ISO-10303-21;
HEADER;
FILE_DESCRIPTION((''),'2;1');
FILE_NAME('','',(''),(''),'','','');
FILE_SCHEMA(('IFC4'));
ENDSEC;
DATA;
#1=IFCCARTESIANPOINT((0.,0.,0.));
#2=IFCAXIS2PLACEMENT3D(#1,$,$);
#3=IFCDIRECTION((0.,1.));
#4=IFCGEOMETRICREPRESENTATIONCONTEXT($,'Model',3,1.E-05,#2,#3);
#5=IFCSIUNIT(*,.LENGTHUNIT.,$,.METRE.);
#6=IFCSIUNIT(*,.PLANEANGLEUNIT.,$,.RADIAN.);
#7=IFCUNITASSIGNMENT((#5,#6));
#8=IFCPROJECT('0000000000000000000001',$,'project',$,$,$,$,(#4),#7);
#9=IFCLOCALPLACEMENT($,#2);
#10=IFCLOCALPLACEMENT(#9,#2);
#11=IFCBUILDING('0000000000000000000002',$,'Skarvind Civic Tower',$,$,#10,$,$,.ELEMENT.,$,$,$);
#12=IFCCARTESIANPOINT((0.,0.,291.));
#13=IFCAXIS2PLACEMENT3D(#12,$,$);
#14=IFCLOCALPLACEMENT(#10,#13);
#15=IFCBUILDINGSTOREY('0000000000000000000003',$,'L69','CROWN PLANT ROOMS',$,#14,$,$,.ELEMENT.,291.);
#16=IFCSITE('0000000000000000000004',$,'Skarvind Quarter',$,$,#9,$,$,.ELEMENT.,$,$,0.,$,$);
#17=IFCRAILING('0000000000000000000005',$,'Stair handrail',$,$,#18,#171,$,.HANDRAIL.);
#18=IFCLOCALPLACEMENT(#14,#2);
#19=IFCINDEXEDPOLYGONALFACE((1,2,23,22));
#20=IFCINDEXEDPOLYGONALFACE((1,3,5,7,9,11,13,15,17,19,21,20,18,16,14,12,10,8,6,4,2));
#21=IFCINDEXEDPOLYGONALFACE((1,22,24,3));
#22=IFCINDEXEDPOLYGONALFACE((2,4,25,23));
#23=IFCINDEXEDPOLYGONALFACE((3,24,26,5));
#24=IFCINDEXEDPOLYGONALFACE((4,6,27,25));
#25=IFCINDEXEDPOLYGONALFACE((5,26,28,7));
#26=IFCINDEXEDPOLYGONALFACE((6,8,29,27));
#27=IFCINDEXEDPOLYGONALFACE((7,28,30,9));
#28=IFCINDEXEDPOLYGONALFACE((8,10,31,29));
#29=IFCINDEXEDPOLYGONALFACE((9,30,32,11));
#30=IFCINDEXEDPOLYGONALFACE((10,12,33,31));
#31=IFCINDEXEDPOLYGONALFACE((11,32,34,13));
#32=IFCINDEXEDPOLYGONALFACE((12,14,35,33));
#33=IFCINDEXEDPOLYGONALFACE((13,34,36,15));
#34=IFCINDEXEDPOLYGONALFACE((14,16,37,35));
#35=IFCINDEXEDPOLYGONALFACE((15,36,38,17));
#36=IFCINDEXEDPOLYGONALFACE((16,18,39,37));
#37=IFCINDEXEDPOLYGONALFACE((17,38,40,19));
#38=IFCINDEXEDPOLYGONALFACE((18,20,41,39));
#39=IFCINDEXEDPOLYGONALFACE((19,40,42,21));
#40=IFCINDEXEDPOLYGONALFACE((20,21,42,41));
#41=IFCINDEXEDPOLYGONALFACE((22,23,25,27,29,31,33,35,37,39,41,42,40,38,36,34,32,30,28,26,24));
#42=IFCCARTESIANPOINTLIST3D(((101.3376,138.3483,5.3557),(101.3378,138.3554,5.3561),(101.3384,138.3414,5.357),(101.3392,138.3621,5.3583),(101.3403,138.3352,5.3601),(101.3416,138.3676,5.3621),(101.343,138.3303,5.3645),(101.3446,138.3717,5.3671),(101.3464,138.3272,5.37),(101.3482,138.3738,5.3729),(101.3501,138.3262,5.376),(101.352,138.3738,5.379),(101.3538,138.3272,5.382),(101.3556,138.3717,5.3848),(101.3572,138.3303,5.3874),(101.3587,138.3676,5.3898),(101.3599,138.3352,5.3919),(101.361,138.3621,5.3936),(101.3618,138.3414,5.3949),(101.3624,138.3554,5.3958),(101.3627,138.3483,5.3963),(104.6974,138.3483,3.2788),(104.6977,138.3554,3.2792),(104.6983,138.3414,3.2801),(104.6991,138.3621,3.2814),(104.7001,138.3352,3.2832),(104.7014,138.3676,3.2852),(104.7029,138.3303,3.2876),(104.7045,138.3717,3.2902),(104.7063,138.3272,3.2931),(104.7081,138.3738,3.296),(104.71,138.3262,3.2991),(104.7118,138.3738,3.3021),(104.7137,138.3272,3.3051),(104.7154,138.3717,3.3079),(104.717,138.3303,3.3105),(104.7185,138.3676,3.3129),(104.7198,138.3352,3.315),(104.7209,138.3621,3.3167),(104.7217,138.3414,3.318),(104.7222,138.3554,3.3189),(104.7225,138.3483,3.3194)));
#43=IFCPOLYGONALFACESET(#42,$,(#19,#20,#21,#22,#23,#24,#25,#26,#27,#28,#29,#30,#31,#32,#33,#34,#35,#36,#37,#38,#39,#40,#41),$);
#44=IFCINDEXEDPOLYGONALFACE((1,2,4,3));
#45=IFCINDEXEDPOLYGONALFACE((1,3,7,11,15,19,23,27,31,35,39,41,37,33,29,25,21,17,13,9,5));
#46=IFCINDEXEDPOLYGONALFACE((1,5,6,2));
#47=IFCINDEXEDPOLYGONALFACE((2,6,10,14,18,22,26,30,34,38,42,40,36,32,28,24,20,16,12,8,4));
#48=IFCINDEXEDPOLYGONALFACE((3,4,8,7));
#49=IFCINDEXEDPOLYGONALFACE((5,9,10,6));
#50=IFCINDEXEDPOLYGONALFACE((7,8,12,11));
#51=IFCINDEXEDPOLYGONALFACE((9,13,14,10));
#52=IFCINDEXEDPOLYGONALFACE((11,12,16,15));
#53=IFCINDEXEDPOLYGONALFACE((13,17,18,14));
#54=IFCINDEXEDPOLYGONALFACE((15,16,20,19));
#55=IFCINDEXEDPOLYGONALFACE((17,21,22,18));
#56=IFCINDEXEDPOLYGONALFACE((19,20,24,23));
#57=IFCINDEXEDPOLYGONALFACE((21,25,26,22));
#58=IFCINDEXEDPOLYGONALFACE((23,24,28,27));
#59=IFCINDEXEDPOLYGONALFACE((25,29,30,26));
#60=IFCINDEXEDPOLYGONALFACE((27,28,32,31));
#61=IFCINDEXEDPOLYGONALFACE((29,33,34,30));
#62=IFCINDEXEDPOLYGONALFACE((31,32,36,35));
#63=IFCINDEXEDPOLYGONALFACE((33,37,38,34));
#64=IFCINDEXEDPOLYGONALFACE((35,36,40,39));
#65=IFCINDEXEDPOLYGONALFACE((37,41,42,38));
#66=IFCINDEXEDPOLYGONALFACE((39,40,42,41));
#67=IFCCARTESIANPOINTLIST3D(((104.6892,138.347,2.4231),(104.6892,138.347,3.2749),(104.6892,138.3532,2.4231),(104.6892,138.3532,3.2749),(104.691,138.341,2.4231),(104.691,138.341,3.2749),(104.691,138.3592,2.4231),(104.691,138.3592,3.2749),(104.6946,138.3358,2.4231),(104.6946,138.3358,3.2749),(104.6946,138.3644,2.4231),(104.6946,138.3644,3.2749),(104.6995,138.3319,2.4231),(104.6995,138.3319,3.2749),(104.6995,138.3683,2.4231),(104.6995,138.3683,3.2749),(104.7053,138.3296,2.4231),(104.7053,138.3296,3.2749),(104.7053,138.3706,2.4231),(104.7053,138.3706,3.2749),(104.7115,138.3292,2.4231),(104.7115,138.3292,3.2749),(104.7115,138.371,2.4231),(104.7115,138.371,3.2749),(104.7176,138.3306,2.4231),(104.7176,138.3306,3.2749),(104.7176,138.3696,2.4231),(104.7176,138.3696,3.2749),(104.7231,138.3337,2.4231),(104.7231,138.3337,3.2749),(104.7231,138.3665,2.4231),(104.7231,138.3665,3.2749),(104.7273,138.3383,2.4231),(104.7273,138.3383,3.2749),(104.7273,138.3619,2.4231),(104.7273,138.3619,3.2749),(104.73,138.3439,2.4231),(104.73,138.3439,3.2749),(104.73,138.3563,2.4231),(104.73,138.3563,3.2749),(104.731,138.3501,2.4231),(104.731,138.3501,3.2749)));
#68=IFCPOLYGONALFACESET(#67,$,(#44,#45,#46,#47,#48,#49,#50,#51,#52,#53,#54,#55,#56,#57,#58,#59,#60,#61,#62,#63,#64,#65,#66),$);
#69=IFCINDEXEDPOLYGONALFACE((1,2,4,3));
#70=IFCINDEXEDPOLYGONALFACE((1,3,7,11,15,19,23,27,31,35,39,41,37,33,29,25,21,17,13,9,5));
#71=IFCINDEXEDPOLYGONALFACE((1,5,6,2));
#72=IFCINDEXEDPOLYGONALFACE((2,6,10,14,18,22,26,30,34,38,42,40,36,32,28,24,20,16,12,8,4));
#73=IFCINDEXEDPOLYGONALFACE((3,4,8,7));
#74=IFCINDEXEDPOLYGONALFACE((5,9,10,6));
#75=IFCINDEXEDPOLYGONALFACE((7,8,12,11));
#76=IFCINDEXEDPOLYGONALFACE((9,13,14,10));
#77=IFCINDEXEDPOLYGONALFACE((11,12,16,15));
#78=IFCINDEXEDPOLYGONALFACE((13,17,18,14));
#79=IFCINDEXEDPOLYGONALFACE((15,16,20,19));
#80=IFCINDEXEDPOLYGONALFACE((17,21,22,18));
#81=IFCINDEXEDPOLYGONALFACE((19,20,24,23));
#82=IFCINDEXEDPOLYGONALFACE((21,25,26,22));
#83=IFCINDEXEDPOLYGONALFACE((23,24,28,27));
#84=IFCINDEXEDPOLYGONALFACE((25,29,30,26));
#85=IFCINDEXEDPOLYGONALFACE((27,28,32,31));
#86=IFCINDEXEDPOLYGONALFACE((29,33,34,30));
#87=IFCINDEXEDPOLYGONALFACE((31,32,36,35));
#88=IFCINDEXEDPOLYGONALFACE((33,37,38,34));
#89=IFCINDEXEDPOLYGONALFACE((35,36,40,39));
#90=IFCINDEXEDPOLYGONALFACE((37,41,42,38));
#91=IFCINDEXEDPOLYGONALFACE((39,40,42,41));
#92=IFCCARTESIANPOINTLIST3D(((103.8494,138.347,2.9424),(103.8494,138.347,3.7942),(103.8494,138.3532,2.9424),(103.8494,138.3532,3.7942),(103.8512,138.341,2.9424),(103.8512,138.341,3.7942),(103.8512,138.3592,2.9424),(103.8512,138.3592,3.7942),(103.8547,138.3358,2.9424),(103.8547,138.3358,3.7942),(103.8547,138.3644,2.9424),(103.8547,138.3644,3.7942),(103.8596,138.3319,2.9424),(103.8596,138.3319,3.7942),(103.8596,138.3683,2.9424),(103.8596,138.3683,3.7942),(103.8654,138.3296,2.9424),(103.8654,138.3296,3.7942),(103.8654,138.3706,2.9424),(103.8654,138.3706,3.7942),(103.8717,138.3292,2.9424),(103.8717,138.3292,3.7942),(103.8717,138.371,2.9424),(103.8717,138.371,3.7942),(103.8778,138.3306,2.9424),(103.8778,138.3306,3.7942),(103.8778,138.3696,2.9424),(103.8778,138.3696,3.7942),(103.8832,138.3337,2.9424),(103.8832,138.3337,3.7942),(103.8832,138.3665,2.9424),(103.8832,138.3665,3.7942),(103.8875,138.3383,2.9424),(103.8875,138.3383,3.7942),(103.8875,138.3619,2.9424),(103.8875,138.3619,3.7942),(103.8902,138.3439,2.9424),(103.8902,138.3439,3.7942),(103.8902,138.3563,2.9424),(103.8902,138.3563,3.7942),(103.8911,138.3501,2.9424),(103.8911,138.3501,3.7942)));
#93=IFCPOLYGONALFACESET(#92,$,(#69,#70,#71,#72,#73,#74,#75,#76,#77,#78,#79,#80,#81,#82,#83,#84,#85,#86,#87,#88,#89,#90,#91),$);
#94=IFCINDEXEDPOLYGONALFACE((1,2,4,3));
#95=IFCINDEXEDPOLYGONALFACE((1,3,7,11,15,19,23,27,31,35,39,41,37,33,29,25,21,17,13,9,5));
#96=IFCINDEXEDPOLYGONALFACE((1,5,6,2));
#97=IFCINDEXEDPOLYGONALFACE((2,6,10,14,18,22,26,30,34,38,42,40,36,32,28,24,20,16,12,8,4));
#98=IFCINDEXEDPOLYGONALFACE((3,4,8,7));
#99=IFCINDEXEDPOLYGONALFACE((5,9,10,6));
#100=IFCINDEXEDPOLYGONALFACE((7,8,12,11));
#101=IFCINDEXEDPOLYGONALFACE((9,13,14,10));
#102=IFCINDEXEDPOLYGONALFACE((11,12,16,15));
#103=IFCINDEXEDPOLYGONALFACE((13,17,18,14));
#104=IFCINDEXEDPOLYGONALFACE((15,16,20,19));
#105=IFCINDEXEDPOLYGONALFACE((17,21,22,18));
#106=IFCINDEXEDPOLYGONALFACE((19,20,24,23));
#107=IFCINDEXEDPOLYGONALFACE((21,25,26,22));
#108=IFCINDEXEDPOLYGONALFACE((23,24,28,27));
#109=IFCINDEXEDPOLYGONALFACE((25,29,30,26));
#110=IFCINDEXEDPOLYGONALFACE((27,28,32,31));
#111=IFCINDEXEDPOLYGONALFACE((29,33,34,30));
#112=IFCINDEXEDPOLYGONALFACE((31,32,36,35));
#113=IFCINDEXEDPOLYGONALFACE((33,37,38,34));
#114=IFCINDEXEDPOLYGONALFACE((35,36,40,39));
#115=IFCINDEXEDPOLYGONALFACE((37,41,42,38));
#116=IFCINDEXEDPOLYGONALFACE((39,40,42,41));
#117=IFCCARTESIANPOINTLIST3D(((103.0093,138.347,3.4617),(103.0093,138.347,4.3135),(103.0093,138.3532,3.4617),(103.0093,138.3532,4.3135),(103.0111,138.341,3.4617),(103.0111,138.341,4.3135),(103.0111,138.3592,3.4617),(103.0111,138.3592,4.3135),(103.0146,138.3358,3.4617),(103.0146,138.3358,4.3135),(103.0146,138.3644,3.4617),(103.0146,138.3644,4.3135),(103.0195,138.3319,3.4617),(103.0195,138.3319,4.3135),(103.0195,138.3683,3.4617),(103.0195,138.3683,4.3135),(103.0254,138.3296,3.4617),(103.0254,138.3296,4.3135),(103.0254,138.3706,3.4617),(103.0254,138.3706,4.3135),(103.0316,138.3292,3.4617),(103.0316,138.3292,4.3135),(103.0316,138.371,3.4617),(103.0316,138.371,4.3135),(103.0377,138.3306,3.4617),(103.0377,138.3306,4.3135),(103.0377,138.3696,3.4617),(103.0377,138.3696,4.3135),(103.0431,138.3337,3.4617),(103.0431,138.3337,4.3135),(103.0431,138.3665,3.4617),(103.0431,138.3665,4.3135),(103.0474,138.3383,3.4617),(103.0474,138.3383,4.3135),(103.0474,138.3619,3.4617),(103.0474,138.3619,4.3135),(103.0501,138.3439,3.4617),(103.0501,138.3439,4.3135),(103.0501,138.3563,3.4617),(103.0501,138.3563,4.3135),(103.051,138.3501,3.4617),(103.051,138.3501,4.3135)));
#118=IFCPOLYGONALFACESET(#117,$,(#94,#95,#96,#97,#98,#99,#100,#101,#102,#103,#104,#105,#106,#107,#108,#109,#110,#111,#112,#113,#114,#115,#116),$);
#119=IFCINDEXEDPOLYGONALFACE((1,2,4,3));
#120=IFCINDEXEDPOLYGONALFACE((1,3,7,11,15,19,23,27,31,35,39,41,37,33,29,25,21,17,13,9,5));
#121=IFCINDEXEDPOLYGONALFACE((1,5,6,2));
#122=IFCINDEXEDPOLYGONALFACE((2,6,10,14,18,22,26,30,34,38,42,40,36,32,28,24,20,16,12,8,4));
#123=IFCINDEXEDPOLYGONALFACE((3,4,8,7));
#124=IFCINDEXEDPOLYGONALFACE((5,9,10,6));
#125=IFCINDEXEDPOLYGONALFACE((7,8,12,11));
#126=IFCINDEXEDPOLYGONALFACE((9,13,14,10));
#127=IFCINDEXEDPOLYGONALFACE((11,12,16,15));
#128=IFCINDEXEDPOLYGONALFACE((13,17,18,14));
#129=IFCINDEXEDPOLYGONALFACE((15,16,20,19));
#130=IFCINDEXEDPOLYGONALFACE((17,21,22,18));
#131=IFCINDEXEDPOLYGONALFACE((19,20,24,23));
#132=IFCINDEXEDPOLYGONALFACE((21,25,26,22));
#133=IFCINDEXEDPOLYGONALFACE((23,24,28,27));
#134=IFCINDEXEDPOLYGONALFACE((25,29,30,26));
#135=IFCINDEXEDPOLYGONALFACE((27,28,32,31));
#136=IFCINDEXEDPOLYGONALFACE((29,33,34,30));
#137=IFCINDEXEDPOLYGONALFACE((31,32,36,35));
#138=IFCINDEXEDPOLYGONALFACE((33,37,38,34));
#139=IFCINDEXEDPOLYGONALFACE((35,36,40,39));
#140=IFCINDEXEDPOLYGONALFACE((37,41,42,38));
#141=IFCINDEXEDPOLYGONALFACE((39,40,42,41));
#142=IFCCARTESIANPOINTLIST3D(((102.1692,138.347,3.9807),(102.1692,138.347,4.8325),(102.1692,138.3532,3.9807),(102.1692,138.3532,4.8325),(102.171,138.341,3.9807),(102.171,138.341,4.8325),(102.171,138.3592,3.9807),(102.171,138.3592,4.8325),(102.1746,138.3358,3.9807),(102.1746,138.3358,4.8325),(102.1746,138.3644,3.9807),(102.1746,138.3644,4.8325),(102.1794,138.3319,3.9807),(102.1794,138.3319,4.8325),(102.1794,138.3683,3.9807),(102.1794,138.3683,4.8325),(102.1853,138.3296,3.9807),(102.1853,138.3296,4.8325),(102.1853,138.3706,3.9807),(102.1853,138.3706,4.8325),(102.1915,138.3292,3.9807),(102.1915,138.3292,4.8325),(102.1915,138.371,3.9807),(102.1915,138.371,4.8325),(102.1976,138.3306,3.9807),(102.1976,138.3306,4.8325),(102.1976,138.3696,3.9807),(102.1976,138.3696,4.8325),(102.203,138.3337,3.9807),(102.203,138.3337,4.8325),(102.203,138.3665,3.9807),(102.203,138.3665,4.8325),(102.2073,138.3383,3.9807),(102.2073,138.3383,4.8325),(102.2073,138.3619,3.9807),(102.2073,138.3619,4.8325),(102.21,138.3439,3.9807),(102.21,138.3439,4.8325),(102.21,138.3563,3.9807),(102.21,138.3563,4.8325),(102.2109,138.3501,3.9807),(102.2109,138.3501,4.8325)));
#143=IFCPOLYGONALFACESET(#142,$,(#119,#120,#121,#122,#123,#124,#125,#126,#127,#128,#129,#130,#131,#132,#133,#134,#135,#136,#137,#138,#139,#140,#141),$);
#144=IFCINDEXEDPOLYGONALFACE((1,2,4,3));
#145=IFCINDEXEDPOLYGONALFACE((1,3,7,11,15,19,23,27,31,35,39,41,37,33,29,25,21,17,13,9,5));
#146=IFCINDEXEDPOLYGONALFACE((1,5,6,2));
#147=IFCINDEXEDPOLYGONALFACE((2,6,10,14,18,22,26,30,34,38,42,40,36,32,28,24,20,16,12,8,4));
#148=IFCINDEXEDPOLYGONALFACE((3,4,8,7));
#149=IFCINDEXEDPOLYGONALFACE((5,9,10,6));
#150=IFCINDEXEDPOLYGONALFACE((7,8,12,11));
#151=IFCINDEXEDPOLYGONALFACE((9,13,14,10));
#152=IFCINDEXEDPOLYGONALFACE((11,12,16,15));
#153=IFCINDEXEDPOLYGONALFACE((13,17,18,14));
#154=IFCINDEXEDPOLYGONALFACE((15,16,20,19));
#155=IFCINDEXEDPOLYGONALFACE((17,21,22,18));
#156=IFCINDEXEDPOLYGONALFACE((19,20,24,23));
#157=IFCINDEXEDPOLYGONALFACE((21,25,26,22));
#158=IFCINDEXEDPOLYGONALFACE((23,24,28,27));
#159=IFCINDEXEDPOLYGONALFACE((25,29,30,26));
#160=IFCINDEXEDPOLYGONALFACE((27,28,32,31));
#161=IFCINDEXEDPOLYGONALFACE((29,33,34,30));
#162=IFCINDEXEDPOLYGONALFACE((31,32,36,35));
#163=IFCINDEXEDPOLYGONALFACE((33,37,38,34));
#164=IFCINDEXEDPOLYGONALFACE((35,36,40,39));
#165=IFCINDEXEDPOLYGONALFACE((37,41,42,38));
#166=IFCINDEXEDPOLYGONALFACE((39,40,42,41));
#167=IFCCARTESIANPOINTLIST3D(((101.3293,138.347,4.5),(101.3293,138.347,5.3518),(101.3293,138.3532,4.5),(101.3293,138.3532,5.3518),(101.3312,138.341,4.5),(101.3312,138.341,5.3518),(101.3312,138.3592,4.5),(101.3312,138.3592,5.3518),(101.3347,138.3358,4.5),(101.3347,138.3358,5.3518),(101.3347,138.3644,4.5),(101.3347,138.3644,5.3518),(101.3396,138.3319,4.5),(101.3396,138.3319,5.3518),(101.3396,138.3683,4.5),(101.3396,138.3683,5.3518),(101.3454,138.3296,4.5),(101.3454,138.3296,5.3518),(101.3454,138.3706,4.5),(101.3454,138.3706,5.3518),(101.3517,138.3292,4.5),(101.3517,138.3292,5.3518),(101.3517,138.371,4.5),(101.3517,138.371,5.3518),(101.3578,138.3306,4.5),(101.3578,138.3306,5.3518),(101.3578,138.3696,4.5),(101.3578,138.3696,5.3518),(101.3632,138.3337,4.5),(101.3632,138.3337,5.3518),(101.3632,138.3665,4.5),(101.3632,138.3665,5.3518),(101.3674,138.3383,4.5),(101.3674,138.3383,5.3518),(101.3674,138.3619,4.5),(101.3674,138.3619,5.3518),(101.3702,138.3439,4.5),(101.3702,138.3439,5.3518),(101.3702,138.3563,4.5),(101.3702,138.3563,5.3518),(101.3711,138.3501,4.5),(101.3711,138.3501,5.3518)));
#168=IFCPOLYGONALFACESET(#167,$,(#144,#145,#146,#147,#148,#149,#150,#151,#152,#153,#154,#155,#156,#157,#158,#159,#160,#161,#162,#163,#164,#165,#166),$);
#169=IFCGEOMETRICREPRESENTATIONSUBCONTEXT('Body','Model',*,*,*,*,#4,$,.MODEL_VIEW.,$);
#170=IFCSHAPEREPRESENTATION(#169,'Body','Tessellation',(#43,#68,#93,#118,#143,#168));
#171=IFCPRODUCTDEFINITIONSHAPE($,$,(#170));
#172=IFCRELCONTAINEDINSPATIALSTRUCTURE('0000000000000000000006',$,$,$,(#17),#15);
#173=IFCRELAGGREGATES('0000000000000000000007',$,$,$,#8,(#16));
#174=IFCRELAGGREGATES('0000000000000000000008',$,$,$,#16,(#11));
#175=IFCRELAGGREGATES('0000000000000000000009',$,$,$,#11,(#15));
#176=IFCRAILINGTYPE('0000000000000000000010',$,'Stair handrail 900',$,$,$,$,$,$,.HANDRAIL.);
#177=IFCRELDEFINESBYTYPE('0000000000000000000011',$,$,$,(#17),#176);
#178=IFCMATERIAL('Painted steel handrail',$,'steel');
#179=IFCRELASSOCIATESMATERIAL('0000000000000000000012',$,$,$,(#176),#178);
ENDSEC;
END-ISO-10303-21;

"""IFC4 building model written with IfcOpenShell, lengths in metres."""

from ifc_helpers import new_model, si_unit, direction, frame, origin, origin_2d, place, context, subcontext, project, spatial, circle, extrude, material, type_object, element, save


model = new_model("IFC4")

# Units and contexts
model_context = context("Model", 3, precision=1e-05, world=origin(), true_north=direction((0.0, 1.0)))
body_context = subcontext(model_context, "Body", "Model", "MODEL_VIEW")
ifc_project = project(units=[si_unit("LENGTHUNIT", "METRE"), si_unit("PLANEANGLEUNIT", "RADIAN")], contexts=[model_context])

# Site, building, storey
site_placement = place(None, origin())
site = spatial("IfcSite", under=ifc_project, at=site_placement, Name="Skarvind Quarter", CompositionType="ELEMENT", RefElevation=0.0)
building_placement = place(site_placement, origin())
building = spatial("IfcBuilding", under=site, at=building_placement, Name="Skarvind Civic Tower", CompositionType="ELEMENT")
storey_placement = place(building_placement, frame((0.0, 0.0, 291.0)))
storey = spatial("IfcBuildingStorey", under=building, at=storey_placement, Name="L69", Description="CROWN PLANT ROOMS", CompositionType="ELEMENT", Elevation=291.0)

# Railing
ifc_material_1 = material(Name="Painted steel handrail", Category="steel")
railing_type = type_object("IfcRailingType", Name="Stair handrail 900", PredefinedType="HANDRAIL", material=ifc_material_1)
railing_1_placement = place(storey_placement, frame((104.71, 138.3501, 2.4231)))
element("IfcRailing", 1, at=railing_1_placement, inside=storey, type_object=railing_type, Name="Stair handrail", PredefinedType="HANDRAIL", context=body_context, shape_type="SweptSolid", body=[
    extrude(circle(Radius=0.0239, at=origin_2d()), frame((0.0, 0.0, 0.876), z_axis=(-0.850606, 0.0, 0.525803), x_axis=(0.0, -1.0, 0.0)), (0.0, 0.0, 1.0), 3.95),
    extrude(circle(Radius=0.021, at=origin_2d()), origin(), (0.0, 0.0, 1.0), 0.8518),
    extrude(circle(Radius=0.021, at=origin_2d()), frame((-0.8398, 0.0, 0.5193)), (0.0, 0.0, 1.0), 0.8518),
    extrude(circle(Radius=0.021, at=origin_2d()), frame((-1.6799, 0.0, 1.0386)), (0.0, 0.0, 1.0), 0.8518),
    extrude(circle(Radius=0.021, at=origin_2d()), frame((-2.52, 0.0, 1.5576)), (0.0, 0.0, 1.0), 0.8518),
    extrude(circle(Radius=0.021, at=origin_2d()), frame((-3.3599, 0.0, 2.0769)), (0.0, 0.0, 1.0), 0.8518),
])

save(model, "model.ifc")
